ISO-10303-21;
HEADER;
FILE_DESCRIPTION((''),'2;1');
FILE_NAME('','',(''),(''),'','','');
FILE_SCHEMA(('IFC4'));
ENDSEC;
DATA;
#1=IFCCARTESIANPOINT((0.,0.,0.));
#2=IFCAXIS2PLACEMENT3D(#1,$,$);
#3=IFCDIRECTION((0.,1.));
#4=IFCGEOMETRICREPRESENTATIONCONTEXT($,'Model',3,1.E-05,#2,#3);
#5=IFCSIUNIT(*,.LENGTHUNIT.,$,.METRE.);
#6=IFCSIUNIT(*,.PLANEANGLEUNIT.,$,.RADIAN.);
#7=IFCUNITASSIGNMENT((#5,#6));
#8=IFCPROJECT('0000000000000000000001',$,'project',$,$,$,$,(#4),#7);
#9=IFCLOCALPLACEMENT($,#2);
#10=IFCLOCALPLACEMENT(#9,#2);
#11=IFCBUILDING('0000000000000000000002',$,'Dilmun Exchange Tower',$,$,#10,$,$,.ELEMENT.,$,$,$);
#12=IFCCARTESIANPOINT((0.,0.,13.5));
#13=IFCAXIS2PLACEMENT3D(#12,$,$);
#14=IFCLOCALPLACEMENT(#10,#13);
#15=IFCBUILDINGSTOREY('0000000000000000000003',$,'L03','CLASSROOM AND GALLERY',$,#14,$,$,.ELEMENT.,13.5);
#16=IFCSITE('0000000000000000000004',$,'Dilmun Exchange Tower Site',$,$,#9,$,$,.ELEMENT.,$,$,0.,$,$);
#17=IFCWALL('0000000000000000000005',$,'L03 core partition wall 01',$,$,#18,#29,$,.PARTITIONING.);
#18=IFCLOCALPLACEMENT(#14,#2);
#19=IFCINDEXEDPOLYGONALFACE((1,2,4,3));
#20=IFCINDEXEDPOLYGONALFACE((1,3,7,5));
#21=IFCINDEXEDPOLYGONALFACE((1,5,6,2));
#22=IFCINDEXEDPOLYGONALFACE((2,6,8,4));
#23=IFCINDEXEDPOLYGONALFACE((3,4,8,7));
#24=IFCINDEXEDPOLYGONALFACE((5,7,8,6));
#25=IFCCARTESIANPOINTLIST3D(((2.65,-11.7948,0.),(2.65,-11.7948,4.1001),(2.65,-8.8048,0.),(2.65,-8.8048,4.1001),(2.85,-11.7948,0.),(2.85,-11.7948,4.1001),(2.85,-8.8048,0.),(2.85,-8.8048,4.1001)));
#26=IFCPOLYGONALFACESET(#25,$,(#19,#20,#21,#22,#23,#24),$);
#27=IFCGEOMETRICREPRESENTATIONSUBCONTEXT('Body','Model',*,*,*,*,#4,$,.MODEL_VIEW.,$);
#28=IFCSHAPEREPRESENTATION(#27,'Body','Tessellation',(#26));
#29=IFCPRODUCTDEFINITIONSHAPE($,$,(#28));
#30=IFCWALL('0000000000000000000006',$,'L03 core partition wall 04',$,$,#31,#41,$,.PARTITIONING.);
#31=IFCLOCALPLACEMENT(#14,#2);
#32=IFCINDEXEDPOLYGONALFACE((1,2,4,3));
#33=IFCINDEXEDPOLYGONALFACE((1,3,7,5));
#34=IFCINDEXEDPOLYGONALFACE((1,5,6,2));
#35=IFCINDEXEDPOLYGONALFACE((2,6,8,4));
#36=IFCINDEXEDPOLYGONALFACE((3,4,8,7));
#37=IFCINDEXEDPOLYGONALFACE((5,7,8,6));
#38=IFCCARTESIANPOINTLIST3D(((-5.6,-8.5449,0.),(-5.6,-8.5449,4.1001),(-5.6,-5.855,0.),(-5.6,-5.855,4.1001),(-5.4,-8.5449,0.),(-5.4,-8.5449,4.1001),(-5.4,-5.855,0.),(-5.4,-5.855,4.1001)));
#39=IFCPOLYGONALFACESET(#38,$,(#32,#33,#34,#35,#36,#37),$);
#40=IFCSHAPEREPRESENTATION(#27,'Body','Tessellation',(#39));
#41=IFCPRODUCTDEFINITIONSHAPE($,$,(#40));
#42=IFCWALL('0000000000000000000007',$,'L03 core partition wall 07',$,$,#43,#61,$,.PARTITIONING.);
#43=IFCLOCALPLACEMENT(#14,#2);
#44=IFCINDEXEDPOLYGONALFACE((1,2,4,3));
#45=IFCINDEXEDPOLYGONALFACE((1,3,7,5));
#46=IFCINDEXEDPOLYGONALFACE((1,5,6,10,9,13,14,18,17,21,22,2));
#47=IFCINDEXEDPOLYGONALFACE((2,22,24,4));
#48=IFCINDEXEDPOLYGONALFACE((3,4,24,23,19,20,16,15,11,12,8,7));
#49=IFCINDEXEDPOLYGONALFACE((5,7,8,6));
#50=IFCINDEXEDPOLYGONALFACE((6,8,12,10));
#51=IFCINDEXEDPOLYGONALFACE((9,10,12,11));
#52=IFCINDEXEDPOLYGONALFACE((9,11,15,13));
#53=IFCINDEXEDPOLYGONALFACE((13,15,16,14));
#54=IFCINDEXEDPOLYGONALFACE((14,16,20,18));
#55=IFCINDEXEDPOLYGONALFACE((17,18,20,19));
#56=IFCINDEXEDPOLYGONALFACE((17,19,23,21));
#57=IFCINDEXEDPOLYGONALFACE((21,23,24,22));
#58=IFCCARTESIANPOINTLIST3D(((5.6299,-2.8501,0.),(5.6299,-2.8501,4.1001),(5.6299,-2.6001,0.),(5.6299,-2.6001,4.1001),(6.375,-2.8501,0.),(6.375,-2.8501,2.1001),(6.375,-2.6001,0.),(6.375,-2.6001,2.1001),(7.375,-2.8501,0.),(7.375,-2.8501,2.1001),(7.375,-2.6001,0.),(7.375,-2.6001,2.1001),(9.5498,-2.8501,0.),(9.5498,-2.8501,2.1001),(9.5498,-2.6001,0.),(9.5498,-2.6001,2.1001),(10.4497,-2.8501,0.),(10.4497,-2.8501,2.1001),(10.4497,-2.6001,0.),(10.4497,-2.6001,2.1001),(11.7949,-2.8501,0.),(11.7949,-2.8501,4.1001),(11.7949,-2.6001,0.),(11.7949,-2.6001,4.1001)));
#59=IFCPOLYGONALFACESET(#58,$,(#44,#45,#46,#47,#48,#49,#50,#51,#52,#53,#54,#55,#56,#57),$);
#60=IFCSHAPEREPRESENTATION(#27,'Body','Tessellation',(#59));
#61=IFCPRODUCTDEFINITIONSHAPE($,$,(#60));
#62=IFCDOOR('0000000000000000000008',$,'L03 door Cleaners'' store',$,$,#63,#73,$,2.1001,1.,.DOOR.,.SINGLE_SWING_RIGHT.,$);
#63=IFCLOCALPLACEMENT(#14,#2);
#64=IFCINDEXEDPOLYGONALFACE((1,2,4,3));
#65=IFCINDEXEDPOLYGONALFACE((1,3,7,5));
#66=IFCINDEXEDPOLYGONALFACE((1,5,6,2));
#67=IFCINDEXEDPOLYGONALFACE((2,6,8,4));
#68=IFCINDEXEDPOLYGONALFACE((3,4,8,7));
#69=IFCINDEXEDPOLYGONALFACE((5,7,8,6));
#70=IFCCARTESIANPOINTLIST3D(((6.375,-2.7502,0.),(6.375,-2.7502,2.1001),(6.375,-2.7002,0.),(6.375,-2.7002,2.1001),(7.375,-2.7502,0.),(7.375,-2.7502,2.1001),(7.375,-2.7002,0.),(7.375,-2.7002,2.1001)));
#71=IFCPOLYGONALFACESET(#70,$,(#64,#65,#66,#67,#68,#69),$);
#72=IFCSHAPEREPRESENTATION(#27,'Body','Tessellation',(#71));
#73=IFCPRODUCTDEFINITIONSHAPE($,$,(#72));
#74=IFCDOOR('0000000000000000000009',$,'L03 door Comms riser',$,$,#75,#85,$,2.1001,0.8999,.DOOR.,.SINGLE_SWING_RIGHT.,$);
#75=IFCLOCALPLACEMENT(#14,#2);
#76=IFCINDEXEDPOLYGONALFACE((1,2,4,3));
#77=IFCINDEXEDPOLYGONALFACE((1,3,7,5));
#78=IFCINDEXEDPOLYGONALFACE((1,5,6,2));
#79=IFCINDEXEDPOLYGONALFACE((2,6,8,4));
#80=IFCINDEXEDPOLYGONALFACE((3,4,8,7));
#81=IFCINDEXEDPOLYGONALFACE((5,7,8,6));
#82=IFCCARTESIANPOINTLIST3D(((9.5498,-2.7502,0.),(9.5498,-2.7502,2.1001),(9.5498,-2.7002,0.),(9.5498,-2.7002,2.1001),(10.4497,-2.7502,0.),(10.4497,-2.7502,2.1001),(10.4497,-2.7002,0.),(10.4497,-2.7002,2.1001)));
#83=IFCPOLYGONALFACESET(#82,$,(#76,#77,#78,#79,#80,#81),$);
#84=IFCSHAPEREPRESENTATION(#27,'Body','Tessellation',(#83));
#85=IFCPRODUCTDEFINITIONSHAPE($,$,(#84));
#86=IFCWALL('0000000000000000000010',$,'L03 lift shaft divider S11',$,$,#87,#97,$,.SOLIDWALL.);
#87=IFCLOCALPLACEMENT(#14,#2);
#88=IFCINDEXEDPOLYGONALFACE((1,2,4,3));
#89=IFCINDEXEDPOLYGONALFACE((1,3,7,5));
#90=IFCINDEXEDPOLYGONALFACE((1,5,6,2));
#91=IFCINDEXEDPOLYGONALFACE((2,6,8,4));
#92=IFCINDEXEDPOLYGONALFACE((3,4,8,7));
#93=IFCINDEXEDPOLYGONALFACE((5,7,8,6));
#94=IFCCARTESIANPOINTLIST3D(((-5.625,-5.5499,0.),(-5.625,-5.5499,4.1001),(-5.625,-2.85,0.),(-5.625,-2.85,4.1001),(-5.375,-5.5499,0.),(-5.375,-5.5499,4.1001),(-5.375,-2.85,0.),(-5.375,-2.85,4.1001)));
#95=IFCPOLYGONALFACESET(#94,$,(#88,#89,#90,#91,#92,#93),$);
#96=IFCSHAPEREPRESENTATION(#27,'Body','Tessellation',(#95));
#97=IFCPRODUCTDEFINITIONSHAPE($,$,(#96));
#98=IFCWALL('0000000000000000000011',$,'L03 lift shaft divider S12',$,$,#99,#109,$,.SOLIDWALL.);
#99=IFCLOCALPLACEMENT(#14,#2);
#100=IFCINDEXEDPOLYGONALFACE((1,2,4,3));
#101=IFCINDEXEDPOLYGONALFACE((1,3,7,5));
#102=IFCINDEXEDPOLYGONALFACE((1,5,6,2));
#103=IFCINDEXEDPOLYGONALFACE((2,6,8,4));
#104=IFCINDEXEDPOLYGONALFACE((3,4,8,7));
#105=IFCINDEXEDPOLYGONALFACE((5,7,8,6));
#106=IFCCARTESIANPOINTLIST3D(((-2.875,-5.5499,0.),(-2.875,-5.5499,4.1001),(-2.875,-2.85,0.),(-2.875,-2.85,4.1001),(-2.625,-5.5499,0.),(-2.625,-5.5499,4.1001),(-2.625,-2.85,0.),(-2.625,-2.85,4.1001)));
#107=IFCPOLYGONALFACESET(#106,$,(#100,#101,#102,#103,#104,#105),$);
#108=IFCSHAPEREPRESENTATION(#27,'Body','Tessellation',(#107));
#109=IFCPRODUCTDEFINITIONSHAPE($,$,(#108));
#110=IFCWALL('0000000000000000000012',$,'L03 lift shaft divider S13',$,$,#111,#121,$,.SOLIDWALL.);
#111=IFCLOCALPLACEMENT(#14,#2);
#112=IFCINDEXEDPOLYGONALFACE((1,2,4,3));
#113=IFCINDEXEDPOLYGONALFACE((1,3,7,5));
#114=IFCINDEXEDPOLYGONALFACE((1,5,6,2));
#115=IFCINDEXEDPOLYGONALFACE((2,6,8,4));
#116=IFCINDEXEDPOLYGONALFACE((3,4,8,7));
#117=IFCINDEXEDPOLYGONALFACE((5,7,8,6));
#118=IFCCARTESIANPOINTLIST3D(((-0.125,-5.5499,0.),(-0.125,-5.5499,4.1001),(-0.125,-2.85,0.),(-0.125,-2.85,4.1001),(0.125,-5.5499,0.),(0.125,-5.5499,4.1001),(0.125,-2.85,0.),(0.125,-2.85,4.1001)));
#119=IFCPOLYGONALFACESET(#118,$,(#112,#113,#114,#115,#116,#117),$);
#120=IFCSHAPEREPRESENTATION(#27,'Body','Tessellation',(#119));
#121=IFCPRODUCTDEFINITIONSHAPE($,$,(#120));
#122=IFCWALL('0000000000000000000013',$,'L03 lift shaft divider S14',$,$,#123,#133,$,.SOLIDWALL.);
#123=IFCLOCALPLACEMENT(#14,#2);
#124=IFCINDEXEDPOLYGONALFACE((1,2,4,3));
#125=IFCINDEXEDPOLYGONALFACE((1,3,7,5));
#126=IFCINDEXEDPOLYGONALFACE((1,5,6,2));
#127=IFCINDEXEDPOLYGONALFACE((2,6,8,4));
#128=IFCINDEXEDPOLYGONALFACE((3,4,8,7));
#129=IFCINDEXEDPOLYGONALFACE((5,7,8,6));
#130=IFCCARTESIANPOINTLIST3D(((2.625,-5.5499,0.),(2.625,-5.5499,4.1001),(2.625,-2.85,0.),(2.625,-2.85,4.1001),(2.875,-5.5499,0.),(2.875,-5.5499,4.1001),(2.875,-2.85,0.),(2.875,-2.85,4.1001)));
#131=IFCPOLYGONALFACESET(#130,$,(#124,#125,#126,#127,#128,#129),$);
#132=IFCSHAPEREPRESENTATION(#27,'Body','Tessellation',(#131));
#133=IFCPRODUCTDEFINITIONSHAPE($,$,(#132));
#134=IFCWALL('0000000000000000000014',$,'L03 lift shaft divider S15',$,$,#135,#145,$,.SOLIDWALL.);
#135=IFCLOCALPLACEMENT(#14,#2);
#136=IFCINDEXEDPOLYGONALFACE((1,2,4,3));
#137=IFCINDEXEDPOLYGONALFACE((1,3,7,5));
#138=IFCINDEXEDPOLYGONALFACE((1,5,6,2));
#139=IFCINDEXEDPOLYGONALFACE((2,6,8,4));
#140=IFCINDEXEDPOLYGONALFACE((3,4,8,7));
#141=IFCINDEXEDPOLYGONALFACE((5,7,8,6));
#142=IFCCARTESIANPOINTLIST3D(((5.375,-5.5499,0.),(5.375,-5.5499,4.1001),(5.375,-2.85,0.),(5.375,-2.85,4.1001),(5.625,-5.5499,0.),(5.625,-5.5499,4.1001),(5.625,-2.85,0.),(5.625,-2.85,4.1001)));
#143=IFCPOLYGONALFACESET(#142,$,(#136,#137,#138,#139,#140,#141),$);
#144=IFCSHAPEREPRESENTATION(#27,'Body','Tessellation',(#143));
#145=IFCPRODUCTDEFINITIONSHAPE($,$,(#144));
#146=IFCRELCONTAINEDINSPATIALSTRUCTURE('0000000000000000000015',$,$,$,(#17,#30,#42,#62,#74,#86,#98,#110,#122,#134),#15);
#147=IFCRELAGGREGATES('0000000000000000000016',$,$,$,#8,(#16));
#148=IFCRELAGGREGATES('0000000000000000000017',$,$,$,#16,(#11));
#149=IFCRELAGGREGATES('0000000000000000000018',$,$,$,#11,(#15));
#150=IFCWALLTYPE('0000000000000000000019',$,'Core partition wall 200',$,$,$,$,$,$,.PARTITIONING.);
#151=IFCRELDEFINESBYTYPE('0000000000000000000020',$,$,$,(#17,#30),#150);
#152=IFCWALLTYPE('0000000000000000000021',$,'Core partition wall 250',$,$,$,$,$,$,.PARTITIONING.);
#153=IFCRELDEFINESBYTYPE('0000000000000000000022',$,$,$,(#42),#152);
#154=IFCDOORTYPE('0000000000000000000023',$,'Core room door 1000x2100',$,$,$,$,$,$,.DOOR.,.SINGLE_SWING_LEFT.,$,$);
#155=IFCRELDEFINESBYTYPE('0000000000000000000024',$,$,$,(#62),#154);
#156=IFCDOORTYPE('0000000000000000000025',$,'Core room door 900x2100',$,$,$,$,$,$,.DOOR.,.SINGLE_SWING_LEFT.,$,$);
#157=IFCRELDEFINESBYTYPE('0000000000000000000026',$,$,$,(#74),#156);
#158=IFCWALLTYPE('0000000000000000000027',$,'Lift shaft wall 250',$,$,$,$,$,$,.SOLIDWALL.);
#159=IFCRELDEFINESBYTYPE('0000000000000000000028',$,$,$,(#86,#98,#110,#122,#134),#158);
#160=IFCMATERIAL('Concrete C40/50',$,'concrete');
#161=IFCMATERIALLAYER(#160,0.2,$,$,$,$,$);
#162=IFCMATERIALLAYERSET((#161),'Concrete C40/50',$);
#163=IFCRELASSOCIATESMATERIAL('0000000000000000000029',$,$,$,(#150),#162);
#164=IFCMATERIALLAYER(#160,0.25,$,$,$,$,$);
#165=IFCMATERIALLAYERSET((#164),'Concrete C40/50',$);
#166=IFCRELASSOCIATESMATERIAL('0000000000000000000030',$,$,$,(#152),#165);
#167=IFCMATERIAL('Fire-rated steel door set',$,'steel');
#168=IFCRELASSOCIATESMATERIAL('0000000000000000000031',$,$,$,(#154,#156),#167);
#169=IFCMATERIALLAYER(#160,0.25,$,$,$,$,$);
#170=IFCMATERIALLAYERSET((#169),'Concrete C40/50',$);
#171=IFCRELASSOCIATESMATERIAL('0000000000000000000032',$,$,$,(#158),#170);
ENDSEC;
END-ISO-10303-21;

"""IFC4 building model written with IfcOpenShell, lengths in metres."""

from ifc_helpers import new_model, si_unit, direction, frame, frame_2d, origin, place, context, subcontext, project, spatial, rectangle, extrude, material, layer, layer_set, type_object, element, fill, save


model = new_model("IFC4")

# Units and contexts
model_context = context("Model", 3, precision=1e-05, world=origin(), true_north=direction((0.0, 1.0)))
body_context = subcontext(model_context, "Body", "Model", "MODEL_VIEW")
ifc_project = project(units=[si_unit("LENGTHUNIT", "METRE"), si_unit("PLANEANGLEUNIT", "RADIAN")], contexts=[model_context])

# Site, building, storey
site_placement = place(None, origin())
site = spatial("IfcSite", under=ifc_project, at=site_placement, Name="Dilmun Exchange Tower Site", CompositionType="ELEMENT", RefElevation=0.0)
building_placement = place(site_placement, origin())
building = spatial("IfcBuilding", under=site, at=building_placement, Name="Dilmun Exchange Tower", CompositionType="ELEMENT")
storey_placement = place(building_placement, frame((0.0, 0.0, 13.5)))
storey = spatial("IfcBuildingStorey", under=building, at=storey_placement, Name="L03", Description="CLASSROOM AND GALLERY", CompositionType="ELEMENT", Elevation=13.5)

# Walls
ifc_material_1 = material(Name="Concrete C40/50", Category="concrete")
ifc_layer_1 = layer(ifc_material_1, 0.2)
ifc_layer_set_1 = layer_set([ifc_layer_1], Name="Concrete C40/50")
wall_type_1 = type_object("IfcWallType", Name="Core partition wall 200", PredefinedType="PARTITIONING", material=ifc_layer_set_1)
wall_1_placement = place(storey_placement, frame((2.75, -11.7949, 0.0), z_axis=(0.0, 0.0, 1.0), x_axis=(0.0, 1.0, 0.0)))
element("IfcWall", 1, at=wall_1_placement, inside=storey, type_object=wall_type_1, Name="L03 core partition wall 01", PredefinedType="PARTITIONING", context=body_context, shape_type="SweptSolid", body=[
    extrude(rectangle(XDim=2.99, YDim=0.2, at=frame_2d((1.4951, 0.0))), origin(), (0.0, 0.0, 1.0), 4.1001),
])
wall_2_placement = place(storey_placement, frame((-5.5, -8.5449, 0.0), z_axis=(0.0, 0.0, 1.0), x_axis=(0.0, 1.0, 0.0)))
element("IfcWall", 2, at=wall_2_placement, inside=storey, type_object=wall_type_1, Name="L03 core partition wall 04", PredefinedType="PARTITIONING", context=body_context, shape_type="SweptSolid", body=[
    extrude(rectangle(XDim=2.6899, YDim=0.2, at=frame_2d((1.345, 0.0))), origin(), (0.0, 0.0, 1.0), 4.1001),
])

# Shared definitions
ifc_material_2 = material(Name="Fire-rated steel door set", Category="steel")

# Wall, openings, doors
ifc_layer_2 = layer(ifc_material_1, 0.25)
ifc_layer_set_2 = layer_set([ifc_layer_2], Name="Concrete C40/50")
wall_type_2 = type_object("IfcWallType", Name="Core partition wall 250", PredefinedType="PARTITIONING", material=ifc_layer_set_2)
wall_3_placement = place(storey_placement, frame((5.6299, -2.7251, 0.0), z_axis=(0.0, 0.0, 1.0), x_axis=(1.0, 0.0, 0.0)))
wall_3 = element("IfcWall", 3, at=wall_3_placement, inside=storey, type_object=wall_type_2, Name="L03 core partition wall 07", PredefinedType="PARTITIONING", context=body_context, shape_type="SweptSolid", body=[
    extrude(rectangle(XDim=6.165, YDim=0.25, at=frame_2d((3.0825, 0.0))), origin(), (0.0, 0.0, 1.0), 4.1001),
])
opening_1_placement = place(wall_3_placement, frame((0.7451, 0.0, 0.0)))
opening_1 = element("IfcOpeningElement", 4, at=opening_1_placement, cuts=wall_3, PredefinedType="OPENING", context=body_context, shape_type="SweptSolid", body=[
    extrude(rectangle(XDim=1.0, YDim=2.1001, at=frame_2d((0.5, 1.05))), frame((0.0, 0.135, 0.0), z_axis=(0.0, -1.0, 0.0), x_axis=(1.0, 0.0, 0.0)), (0.0, 0.0, 1.0), 0.27),
])
opening_2_placement = place(wall_3_placement, frame((3.9199, 0.0, 0.0)))
opening_2 = element("IfcOpeningElement", 5, at=opening_2_placement, cuts=wall_3, PredefinedType="OPENING", context=body_context, shape_type="SweptSolid", body=[
    extrude(rectangle(XDim=0.8999, YDim=2.1001, at=frame_2d((0.45, 1.05))), frame((0.0, 0.135, 0.0), z_axis=(0.0, -1.0, 0.0), x_axis=(1.0, 0.0, 0.0)), (0.0, 0.0, 1.0), 0.27),
])
door_type_1 = type_object("IfcDoorType", Name="Core room door 1000x2100", OperationType="SINGLE_SWING_LEFT", PredefinedType="DOOR", material=ifc_material_2)
door_1_placement = place(opening_1_placement, origin())
door_1 = element("IfcDoor", 6, at=door_1_placement, inside=storey, type_object=door_type_1, Name="L03 door Cleaners' store", OperationType="SINGLE_SWING_RIGHT", OverallHeight=2.1001, OverallWidth=1.0, PredefinedType="DOOR", context=body_context, shape_type="SweptSolid", body=[
    extrude(rectangle(XDim=1.0, YDim=2.1001, at=frame_2d((0.5, 1.05))), frame((0.0, 0.0249, 0.0), z_axis=(0.0, -1.0, 0.0), x_axis=(1.0, 0.0, 0.0)), (0.0, 0.0, 1.0), 0.05),
])
fill(opening_1, door_1)
door_type_2 = type_object("IfcDoorType", Name="Core room door 900x2100", OperationType="SINGLE_SWING_LEFT", PredefinedType="DOOR", material=ifc_material_2)
door_2_placement = place(opening_2_placement, origin())
door_2 = element("IfcDoor", 7, at=door_2_placement, inside=storey, type_object=door_type_2, Name="L03 door Comms riser", OperationType="SINGLE_SWING_RIGHT", OverallHeight=2.1001, OverallWidth=0.8999, PredefinedType="DOOR", context=body_context, shape_type="SweptSolid", body=[
    extrude(rectangle(XDim=0.8999, YDim=2.1001, at=frame_2d((0.45, 1.05))), frame((0.0, 0.0249, 0.0), z_axis=(0.0, -1.0, 0.0), x_axis=(1.0, 0.0, 0.0)), (0.0, 0.0, 1.0), 0.05),
])
fill(opening_2, door_2)

# Walls
ifc_layer_3 = layer(ifc_material_1, 0.25)
ifc_layer_set_3 = layer_set([ifc_layer_3], Name="Concrete C40/50")
wall_type_3 = type_object("IfcWallType", Name="Lift shaft wall 250", PredefinedType="SOLIDWALL", material=ifc_layer_set_3)
for number, where, z_axis, x_axis, name in (
    (8, (-5.5, -5.55, 0.0), (0.0, 0.0, 1.0), (0.0, 1.0, 0.0), "L03 lift shaft divider S11"),
    (9, (-2.75, -5.55, 0.0), (0.0, 0.0, 1.0), (0.0, 1.0, 0.0), "L03 lift shaft divider S12"),
    (10, (0.0, -5.55, 0.0), (0.0, 0.0, 1.0), (0.0, 1.0, 0.0), "L03 lift shaft divider S13"),
    (11, (2.75, -5.55, 0.0), (0.0, 0.0, 1.0), (0.0, 1.0, 0.0), "L03 lift shaft divider S14"),
    (12, (5.5, -5.55, 0.0), (0.0, 0.0, 1.0), (0.0, 1.0, 0.0), "L03 lift shaft divider S15"),
):
    element("IfcWall", number, at=place(storey_placement, frame(where, z_axis=z_axis, x_axis=x_axis)), inside=storey, type_object=wall_type_3, Name=name, PredefinedType="SOLIDWALL", context=body_context, shape_type="SweptSolid", body=[
        extrude(rectangle(XDim=2.7, YDim=0.25, at=frame_2d((1.3501, 0.0))), origin(), (0.0, 0.0, 1.0), 4.1001),
    ])

save(model, "model.ifc")
